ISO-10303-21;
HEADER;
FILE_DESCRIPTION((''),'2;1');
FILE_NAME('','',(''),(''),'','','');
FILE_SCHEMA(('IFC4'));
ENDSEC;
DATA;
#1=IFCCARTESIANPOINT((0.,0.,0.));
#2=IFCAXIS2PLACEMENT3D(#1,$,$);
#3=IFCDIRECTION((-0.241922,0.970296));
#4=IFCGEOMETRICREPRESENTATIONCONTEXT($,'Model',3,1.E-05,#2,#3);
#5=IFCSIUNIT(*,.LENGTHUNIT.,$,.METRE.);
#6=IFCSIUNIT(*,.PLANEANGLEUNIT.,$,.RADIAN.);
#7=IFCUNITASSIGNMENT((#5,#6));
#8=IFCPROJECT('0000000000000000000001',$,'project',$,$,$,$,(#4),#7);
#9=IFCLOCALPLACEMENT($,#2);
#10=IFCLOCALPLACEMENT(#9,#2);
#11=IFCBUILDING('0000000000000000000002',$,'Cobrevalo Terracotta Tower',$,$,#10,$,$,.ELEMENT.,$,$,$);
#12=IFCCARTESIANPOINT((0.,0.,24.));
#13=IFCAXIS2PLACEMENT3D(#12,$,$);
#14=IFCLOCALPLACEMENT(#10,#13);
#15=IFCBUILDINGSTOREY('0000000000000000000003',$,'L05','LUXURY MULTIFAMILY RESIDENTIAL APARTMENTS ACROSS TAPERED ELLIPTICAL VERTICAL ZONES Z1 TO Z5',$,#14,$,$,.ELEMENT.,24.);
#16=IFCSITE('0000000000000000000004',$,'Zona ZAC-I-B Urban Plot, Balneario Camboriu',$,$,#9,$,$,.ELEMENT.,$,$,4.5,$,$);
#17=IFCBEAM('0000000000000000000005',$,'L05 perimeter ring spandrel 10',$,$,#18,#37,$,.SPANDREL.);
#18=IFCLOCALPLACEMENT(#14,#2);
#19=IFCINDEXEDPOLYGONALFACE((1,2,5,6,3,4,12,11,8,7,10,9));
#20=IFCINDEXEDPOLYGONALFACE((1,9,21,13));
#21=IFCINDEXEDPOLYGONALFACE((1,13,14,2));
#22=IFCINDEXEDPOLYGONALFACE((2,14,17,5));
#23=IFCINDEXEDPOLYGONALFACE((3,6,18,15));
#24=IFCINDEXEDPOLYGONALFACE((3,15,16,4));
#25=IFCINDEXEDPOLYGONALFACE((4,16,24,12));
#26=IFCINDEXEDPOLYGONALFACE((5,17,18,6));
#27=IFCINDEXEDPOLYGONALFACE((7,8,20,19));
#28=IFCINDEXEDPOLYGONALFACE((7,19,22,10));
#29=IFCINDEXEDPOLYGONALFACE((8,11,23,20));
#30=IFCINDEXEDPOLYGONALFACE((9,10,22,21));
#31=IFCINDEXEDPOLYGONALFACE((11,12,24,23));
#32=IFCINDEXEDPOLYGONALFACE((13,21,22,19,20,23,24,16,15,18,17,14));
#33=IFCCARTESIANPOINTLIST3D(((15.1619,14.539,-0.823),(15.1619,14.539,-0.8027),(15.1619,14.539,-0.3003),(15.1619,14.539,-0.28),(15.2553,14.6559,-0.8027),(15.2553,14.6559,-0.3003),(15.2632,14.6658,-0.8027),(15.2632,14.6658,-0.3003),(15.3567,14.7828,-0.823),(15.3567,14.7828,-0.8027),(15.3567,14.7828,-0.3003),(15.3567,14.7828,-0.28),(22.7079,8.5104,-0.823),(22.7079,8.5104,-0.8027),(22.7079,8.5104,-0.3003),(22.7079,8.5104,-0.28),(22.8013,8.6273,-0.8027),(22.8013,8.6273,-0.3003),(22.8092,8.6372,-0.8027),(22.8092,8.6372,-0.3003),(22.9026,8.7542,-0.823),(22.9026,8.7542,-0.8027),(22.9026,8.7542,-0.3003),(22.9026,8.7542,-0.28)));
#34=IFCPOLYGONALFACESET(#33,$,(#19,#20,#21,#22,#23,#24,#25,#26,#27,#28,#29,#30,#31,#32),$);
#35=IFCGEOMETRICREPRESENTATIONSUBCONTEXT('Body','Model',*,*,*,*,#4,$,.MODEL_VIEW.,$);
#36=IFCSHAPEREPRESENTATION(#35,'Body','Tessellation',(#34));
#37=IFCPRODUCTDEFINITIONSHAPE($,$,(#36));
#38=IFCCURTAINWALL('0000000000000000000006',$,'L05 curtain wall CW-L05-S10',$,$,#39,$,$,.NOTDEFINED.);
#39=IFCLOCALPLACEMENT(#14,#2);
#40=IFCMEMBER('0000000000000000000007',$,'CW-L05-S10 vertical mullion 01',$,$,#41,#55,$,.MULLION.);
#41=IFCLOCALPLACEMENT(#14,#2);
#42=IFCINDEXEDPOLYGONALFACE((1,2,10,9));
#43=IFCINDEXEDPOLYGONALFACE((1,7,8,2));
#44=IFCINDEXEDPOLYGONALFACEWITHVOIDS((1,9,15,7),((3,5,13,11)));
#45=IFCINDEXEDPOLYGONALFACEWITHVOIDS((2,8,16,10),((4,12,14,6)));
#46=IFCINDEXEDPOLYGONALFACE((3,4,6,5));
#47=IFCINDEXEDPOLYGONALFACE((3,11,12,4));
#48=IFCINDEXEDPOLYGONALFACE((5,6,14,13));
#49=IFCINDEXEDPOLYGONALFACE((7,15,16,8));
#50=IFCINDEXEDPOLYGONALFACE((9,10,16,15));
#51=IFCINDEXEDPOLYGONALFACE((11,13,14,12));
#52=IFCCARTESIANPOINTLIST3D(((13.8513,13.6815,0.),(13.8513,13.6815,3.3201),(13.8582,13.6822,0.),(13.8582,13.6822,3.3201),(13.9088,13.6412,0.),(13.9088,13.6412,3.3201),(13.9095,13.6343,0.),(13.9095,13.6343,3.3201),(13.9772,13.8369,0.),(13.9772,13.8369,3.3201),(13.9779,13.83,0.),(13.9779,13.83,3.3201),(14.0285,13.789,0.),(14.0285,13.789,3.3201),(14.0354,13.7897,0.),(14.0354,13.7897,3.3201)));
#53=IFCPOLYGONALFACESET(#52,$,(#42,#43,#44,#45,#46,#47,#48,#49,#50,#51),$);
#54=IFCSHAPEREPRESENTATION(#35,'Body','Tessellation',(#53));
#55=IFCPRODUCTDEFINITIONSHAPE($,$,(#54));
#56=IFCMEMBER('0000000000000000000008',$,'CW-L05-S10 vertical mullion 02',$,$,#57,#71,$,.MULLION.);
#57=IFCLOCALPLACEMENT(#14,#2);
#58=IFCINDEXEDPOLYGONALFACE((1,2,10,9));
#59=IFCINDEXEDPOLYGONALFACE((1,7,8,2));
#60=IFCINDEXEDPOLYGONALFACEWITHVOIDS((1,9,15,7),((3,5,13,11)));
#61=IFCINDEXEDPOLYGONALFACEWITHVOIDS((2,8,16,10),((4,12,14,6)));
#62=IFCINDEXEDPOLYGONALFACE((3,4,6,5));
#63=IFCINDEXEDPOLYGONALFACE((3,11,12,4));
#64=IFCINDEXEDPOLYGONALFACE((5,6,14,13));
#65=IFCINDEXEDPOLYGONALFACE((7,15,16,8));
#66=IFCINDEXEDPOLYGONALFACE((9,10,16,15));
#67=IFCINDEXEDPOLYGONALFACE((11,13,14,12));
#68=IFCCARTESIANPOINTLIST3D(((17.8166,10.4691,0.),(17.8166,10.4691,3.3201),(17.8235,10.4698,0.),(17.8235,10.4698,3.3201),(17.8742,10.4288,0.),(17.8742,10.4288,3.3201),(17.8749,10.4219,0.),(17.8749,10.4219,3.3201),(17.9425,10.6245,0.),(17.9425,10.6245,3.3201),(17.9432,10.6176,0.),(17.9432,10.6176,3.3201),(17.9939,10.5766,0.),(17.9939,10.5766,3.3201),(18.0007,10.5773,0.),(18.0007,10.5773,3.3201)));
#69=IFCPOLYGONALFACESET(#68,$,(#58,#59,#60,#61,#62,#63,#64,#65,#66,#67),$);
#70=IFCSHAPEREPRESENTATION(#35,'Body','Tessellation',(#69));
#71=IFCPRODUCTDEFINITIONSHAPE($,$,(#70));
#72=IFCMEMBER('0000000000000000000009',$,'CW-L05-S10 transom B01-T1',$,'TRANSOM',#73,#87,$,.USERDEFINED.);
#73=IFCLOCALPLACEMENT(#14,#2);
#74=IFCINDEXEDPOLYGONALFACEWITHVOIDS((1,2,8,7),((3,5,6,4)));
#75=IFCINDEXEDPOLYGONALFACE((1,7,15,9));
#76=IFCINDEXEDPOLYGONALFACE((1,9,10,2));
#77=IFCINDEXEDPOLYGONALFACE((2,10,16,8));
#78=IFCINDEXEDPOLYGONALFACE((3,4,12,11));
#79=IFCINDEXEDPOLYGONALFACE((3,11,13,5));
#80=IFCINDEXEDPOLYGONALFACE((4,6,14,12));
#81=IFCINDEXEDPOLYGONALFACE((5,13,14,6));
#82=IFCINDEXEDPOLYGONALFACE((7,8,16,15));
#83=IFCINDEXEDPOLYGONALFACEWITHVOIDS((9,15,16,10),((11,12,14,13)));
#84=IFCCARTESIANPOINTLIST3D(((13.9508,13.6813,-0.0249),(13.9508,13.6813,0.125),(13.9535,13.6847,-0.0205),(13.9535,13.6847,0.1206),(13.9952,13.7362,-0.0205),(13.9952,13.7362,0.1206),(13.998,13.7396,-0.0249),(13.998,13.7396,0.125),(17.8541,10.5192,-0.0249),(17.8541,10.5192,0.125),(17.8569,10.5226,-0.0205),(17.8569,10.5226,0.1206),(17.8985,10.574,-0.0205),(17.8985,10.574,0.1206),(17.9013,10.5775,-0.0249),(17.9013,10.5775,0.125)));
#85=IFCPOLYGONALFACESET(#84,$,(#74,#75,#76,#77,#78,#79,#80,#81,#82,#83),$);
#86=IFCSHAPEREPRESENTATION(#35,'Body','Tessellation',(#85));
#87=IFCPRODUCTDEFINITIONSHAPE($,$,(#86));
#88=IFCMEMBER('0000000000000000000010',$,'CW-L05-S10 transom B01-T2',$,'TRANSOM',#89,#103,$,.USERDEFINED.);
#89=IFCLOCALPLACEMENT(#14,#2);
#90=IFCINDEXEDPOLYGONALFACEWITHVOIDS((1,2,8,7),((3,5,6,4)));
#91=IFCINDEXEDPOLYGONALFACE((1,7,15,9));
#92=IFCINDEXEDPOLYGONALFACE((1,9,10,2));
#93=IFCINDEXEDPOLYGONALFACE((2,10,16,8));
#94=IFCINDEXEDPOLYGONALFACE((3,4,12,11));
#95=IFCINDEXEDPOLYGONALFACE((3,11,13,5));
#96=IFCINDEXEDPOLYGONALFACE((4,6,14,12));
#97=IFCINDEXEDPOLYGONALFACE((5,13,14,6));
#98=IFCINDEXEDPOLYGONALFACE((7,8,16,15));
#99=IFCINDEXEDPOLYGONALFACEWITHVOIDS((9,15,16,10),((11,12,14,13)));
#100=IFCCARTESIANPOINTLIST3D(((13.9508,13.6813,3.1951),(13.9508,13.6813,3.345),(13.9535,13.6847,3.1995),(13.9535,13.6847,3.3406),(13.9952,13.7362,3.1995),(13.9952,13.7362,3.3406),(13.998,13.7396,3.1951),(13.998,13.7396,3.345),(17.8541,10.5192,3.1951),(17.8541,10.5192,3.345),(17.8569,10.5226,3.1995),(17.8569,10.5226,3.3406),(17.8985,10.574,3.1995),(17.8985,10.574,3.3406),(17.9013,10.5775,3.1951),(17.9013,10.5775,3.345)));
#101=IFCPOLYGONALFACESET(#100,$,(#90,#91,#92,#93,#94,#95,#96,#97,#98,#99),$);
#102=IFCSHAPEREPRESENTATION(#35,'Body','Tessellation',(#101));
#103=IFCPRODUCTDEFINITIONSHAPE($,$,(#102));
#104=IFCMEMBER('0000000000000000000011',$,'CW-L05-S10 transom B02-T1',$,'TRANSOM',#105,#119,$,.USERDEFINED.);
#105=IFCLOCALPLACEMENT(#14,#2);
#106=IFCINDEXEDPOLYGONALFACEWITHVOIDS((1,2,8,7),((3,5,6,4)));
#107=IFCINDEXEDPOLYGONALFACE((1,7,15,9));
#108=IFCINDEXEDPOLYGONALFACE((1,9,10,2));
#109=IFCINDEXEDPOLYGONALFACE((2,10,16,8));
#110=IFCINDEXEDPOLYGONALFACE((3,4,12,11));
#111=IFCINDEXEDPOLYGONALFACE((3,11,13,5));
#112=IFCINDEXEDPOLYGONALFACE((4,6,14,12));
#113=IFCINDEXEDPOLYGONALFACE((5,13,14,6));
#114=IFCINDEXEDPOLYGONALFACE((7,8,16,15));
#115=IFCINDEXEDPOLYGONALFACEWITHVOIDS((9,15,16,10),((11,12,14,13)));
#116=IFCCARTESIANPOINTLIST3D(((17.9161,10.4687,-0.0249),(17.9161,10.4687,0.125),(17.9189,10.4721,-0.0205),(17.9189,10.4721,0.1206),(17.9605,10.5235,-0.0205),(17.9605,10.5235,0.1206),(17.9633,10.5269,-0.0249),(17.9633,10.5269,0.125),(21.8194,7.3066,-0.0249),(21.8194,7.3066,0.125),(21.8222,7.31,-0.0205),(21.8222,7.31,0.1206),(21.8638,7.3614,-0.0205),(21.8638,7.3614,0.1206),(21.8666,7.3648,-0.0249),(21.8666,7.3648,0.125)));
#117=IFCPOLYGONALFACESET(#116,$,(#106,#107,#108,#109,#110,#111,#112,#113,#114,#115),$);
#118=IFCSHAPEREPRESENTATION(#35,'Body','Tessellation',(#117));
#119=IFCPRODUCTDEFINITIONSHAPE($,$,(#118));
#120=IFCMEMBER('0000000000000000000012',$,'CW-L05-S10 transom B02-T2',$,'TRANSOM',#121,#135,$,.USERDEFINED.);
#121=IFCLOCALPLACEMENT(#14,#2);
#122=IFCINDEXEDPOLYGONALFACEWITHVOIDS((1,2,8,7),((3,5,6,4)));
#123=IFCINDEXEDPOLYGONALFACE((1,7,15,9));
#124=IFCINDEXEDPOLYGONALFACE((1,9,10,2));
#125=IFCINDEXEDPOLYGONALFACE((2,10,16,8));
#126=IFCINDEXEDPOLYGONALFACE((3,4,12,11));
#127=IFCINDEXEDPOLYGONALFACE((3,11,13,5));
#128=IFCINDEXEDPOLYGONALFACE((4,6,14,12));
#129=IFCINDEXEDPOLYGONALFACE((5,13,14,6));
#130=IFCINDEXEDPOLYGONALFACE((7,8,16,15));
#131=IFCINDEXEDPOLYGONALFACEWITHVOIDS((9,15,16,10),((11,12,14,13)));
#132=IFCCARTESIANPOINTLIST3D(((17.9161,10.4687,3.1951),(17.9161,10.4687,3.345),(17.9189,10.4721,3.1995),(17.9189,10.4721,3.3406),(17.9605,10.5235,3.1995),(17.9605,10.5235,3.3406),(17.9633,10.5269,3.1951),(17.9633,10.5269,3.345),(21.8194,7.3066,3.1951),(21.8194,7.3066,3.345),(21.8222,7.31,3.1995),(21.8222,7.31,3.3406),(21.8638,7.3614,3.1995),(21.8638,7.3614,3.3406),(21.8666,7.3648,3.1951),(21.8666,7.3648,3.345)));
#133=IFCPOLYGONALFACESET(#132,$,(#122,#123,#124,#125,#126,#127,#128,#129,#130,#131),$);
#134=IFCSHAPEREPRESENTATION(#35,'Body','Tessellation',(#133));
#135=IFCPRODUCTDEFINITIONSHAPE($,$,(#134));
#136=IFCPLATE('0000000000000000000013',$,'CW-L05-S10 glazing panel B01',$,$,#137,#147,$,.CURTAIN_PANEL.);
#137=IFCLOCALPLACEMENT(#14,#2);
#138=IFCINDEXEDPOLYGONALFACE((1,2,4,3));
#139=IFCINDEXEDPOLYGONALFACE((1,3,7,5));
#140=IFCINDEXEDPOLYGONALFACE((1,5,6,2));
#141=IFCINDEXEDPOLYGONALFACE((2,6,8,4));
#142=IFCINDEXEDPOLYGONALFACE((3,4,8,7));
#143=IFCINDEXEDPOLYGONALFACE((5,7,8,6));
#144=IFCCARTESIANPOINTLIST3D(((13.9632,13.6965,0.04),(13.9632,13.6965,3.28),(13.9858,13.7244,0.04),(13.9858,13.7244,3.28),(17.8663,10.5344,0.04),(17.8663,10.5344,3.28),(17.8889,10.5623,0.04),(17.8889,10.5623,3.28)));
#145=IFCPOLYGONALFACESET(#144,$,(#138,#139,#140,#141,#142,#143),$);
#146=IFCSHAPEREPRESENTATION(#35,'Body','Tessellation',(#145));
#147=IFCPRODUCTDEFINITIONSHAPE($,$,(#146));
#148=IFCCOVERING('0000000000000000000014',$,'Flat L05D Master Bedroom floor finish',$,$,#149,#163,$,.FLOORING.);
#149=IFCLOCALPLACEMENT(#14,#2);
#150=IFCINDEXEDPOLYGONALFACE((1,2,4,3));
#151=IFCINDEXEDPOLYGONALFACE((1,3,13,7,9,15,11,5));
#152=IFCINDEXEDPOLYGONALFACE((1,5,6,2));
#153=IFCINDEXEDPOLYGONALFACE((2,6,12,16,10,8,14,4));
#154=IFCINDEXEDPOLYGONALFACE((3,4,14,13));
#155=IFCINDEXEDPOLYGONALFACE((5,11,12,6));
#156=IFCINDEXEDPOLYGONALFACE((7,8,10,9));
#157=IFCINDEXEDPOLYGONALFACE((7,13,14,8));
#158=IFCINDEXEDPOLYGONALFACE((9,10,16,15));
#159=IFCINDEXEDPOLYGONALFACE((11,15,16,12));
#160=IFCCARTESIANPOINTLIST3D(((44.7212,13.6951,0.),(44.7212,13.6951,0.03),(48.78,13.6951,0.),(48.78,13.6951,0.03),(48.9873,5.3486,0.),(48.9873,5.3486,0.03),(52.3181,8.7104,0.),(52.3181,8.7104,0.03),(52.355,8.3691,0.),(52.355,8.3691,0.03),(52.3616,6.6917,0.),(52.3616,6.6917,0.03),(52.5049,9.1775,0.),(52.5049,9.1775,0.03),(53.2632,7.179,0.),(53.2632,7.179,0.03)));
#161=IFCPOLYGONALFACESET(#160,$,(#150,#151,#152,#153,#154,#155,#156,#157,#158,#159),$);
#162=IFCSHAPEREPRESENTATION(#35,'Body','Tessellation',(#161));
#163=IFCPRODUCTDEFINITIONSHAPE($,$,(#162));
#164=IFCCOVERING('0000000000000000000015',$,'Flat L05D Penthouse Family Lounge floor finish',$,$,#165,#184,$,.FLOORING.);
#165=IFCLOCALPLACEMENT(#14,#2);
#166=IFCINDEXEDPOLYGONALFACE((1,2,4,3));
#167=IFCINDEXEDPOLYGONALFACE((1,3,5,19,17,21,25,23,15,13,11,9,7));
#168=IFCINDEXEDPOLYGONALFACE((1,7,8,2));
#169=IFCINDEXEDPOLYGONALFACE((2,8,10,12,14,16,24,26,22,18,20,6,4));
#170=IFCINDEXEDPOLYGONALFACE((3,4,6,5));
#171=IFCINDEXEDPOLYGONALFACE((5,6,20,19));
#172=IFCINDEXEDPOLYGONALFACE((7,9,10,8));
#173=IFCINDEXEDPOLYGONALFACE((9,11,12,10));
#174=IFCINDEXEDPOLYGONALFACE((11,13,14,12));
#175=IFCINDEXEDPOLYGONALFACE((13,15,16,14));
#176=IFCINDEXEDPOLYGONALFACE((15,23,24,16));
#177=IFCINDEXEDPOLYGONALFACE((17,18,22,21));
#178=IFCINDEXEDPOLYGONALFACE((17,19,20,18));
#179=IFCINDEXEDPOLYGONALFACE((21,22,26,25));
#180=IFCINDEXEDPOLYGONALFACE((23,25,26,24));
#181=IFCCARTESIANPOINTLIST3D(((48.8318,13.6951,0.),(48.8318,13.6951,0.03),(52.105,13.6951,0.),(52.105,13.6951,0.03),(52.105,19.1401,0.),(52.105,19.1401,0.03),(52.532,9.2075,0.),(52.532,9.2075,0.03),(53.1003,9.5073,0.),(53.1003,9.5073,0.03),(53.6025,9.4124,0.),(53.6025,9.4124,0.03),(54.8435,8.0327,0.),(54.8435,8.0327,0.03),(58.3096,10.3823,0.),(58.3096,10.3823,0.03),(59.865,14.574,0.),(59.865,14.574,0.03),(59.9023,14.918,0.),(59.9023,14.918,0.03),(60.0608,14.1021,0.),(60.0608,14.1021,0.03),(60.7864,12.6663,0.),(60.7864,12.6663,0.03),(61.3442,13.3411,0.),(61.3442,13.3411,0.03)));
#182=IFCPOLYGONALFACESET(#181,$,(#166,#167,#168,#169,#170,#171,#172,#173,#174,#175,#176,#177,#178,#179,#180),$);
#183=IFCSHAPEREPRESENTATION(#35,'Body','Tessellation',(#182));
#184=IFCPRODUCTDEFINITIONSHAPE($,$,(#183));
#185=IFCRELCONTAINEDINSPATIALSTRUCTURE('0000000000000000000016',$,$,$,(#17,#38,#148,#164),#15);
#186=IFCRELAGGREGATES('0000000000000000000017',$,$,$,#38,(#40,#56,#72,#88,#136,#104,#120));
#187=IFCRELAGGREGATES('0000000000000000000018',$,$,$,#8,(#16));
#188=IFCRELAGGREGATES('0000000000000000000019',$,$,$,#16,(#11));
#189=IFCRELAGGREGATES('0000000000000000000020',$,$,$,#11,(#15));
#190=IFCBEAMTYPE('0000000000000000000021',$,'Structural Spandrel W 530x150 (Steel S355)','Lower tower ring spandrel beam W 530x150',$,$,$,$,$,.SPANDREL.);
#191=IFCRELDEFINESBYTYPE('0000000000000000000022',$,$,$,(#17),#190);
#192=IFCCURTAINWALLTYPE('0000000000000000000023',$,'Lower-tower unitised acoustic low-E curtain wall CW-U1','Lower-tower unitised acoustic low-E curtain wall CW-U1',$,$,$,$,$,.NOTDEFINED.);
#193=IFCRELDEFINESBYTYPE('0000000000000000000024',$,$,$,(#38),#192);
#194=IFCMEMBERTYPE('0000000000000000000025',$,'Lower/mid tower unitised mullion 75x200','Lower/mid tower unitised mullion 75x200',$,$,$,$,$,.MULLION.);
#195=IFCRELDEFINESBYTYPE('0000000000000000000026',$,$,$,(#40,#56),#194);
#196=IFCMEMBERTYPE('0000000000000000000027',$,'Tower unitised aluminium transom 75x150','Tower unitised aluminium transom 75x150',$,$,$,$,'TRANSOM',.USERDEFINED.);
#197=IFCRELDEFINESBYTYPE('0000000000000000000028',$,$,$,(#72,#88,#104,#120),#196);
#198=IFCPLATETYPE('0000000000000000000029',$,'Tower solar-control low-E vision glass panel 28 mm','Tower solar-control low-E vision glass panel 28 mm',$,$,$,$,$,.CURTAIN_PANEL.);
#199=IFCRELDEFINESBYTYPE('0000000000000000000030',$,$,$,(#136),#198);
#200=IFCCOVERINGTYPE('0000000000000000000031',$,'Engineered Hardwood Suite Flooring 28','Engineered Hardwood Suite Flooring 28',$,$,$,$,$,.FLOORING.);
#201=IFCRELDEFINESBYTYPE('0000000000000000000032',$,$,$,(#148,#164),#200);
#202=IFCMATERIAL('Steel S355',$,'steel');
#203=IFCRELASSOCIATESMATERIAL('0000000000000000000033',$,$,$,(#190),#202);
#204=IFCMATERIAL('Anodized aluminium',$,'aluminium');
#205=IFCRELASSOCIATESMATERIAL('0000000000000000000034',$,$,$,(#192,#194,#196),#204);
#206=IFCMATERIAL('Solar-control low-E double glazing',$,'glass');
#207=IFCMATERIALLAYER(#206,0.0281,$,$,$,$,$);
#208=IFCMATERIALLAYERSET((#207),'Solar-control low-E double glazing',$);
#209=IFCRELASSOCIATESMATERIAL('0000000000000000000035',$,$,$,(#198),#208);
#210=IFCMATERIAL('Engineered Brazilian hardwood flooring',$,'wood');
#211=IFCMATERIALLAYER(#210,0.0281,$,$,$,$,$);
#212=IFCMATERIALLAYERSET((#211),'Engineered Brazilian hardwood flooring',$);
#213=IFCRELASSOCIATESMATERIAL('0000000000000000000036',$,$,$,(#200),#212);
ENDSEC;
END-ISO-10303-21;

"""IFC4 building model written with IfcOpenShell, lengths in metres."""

from ifc_helpers import new_model, si_unit, direction, frame, origin, origin_2d, place, context, subcontext, project, spatial, polyline, rectangle, hollow_rectangle, i_section, outline, extrude, source, transform, mapped, material, layer, layer_set, material_profile, profile_set, type_object, element, aggregate, save


model = new_model("IFC4")

# Units and contexts
model_context = context("Model", 3, precision=1e-05, world=origin(), true_north=direction((-0.241922, 0.970296)))
body_context = subcontext(model_context, "Body", "Model", "MODEL_VIEW")
ifc_project = project(units=[si_unit("LENGTHUNIT", "METRE"), si_unit("PLANEANGLEUNIT", "RADIAN")], contexts=[model_context])

# Site, building, storey
site_placement = place(None, origin())
site = spatial("IfcSite", under=ifc_project, at=site_placement, Name="Zona ZAC-I-B Urban Plot, Balneario Camboriu", CompositionType="ELEMENT", RefElevation=4.5)
building_placement = place(site_placement, origin())
building = spatial("IfcBuilding", under=site, at=building_placement, Name="Cobrevalo Terracotta Tower", CompositionType="ELEMENT")
storey_placement = place(building_placement, frame((0.0, 0.0, 24.0)))
storey = spatial("IfcBuildingStorey", under=building, at=storey_placement, Name="L05", Description="LUXURY MULTIFAMILY RESIDENTIAL APARTMENTS ACROSS TAPERED ELLIPTICAL VERTICAL ZONES Z1 TO Z5", CompositionType="ELEMENT", Elevation=24.0)

# Shared definitions
ifc_material_1 = material(Name="Steel S355", Category="steel")

# Beam
ifc_material_profile_1 = material_profile(ifc_material_1, i_section(OverallWidth=0.312, OverallDepth=0.543, WebThickness=0.0127, FlangeThickness=0.0203, at=origin_2d()), Name="W 530x150")
ifc_profile_set_1 = profile_set([ifc_material_profile_1], Name="Steel S355")
beam_type_1 = type_object("IfcBeamType", Name="Structural Spandrel W 530x150 (Steel S355)", Description="Lower tower ring spandrel beam W 530x150", PredefinedType="SPANDREL", material=ifc_profile_set_1)
beam_1_placement = place(storey_placement, frame((15.2593, 14.6609, -0.5515), z_axis=(0.78128, -0.62418, 0.0), x_axis=(0.62418, 0.78128, 0.0)))
element("IfcBeam", 1, at=beam_1_placement, inside=storey, type_object=beam_type_1, Name="L05 perimeter ring spandrel 10", PredefinedType="SPANDREL", context=body_context, shape_type="SweptSolid", body=[
    extrude(i_section(OverallWidth=0.312, OverallDepth=0.543, WebThickness=0.0127, FlangeThickness=0.0203, at=origin_2d()), origin(), (0.0, 0.0, 1.0), 9.6584),
])

# Curtain wall, members, plate
ifc_material_2 = material(Name="Anodized aluminium", Category="aluminium")
curtain_wall_type = type_object("IfcCurtainWallType", Name="Lower-tower unitised acoustic low-E curtain wall CW-U1", Description="Lower-tower unitised acoustic low-E curtain wall CW-U1", PredefinedType="NOTDEFINED", material=ifc_material_2)
curtain_wall_placement = place(storey_placement, origin())
curtain_wall = element("IfcCurtainWall", 2, at=curtain_wall_placement, inside=storey, type_object=curtain_wall_type, Name="L05 curtain wall CW-L05-S10", PredefinedType="NOTDEFINED")
ifc_material_profile_2 = material_profile(ifc_material_2, hollow_rectangle(XDim=0.075, YDim=0.2, WallThickness=0.0049, at=origin_2d()), Name="CWM 75x200")
ifc_profile_set_2 = profile_set([ifc_material_profile_2], Name="Anodized aluminium")
member_type_1 = type_object("IfcMemberType", Name="Lower/mid tower unitised mullion 75x200", Description="Lower/mid tower unitised mullion 75x200", PredefinedType="MULLION", material=ifc_profile_set_2)
shared_shape_1 = source(origin(), body_context, "Body", "SweptSolid", [
    extrude(hollow_rectangle(XDim=0.075, YDim=0.2, WallThickness=0.0049, at=origin_2d()), origin(), (0.0, 0.0, 1.0), 3.3201),
])
member_1_placement = place(storey_placement, frame((13.9434, 13.7356, 0.0), z_axis=(0.0, 0.0, 1.0), x_axis=(0.777003, -0.629497, 0.0)))
member_1 = element("IfcMember", 3, at=member_1_placement, type_object=member_type_1, Name="CW-L05-S10 vertical mullion 01", PredefinedType="MULLION", context=body_context, shape_type="MappedRepresentation", body=[
    mapped(shared_shape_1, transform((0.0, 0.0, 0.0), scale=1.0)),
])
member_2_placement = place(storey_placement, frame((17.9087, 10.5232, 0.0), z_axis=(0.0, 0.0, 1.0), x_axis=(0.777003, -0.629497, 0.0)))
member_2 = element("IfcMember", 4, at=member_2_placement, type_object=member_type_1, Name="CW-L05-S10 vertical mullion 02", PredefinedType="MULLION", context=body_context, shape_type="MappedRepresentation", body=[
    mapped(shared_shape_1, transform((0.0, 0.0, 0.0), scale=1.0)),
])
ifc_material_profile_3 = material_profile(ifc_material_2, hollow_rectangle(XDim=0.075, YDim=0.1499, WallThickness=0.0044, at=origin_2d()), Name="CWT 75x150")
ifc_profile_set_3 = profile_set([ifc_material_profile_3], Name="Anodized aluminium")
member_type_2 = type_object("IfcMemberType", Name="Tower unitised aluminium transom 75x150", Description="Tower unitised aluminium transom 75x150", ElementType="TRANSOM", PredefinedType="USERDEFINED", material=ifc_profile_set_3)
shared_shape_2 = source(origin(), body_context, "Body", "SweptSolid", [
    extrude(hollow_rectangle(XDim=0.075, YDim=0.1499, WallThickness=0.0044, at=origin_2d()), origin(), (0.0, 0.0, 1.0), 5.0234),
])
member_3_placement = place(storey_placement, frame((13.9744, 13.7104, 0.05), z_axis=(0.777023, -0.629472, 0.0), x_axis=(0.629472, 0.777023, 0.0)))
member_3 = element("IfcMember", 5, at=member_3_placement, type_object=member_type_2, Name="CW-L05-S10 transom B01-T1", ObjectType="TRANSOM", PredefinedType="USERDEFINED", context=body_context, shape_type="MappedRepresentation", body=[
    mapped(shared_shape_2, transform((0.0, 0.0, 0.0), scale=1.0)),
])
member_4_placement = place(storey_placement, frame((13.9744, 13.7104, 3.27), z_axis=(0.777023, -0.629472, 0.0), x_axis=(0.629472, 0.777023, 0.0)))
member_4 = element("IfcMember", 6, at=member_4_placement, type_object=member_type_2, Name="CW-L05-S10 transom B01-T2", ObjectType="TRANSOM", PredefinedType="USERDEFINED", context=body_context, shape_type="MappedRepresentation", body=[
    mapped(shared_shape_2, transform((0.0, 0.0, 0.0), scale=1.0)),
])
member_5_placement = place(storey_placement, frame((17.9397, 10.4978, 0.05), z_axis=(0.777023, -0.629472, 0.0), x_axis=(0.629472, 0.777023, 0.0)))
member_5 = element("IfcMember", 7, at=member_5_placement, type_object=member_type_2, Name="CW-L05-S10 transom B02-T1", ObjectType="TRANSOM", PredefinedType="USERDEFINED", context=body_context, shape_type="MappedRepresentation", body=[
    mapped(shared_shape_2, transform((0.0, 0.0, 0.0), scale=1.0)),
])
member_6_placement = place(storey_placement, frame((17.9397, 10.4978, 3.27), z_axis=(0.777023, -0.629472, 0.0), x_axis=(0.629472, 0.777023, 0.0)))
member_6 = element("IfcMember", 8, at=member_6_placement, type_object=member_type_2, Name="CW-L05-S10 transom B02-T2", ObjectType="TRANSOM", PredefinedType="USERDEFINED", context=body_context, shape_type="MappedRepresentation", body=[
    mapped(shared_shape_2, transform((0.0, 0.0, 0.0), scale=1.0)),
])
ifc_material_3 = material(Name="Solar-control low-E double glazing", Category="glass")
ifc_layer_1 = layer(ifc_material_3, 0.0281)
ifc_layer_set_1 = layer_set([ifc_layer_1], Name="Solar-control low-E double glazing")
plate_type = type_object("IfcPlateType", Name="Tower solar-control low-E vision glass panel 28 mm", Description="Tower solar-control low-E vision glass panel 28 mm", PredefinedType="CURTAIN_PANEL", material=ifc_layer_set_1)
shared_shape_3 = source(origin(), body_context, "Body", "SweptSolid", [
    extrude(rectangle(XDim=5.0232, YDim=0.0359, at=origin_2d()), origin(), (0.0, 0.0, 1.0), 3.24),
])
plate_placement = place(storey_placement, frame((15.926, 12.1294, 0.04), z_axis=(0.0, 0.0, 1.0), x_axis=(0.777008, -0.629491, 0.0)))
plate = element("IfcPlate", 9, at=plate_placement, type_object=plate_type, Name="CW-L05-S10 glazing panel B01", PredefinedType="CURTAIN_PANEL", context=body_context, shape_type="MappedRepresentation", body=[
    mapped(shared_shape_3, transform((0.0, 0.0, 0.0), scale=1.0)),
])
aggregate(curtain_wall, [member_1, member_2, member_3, member_4, plate, member_5, member_6])

# Coverings
ifc_material_4 = material(Name="Engineered Brazilian hardwood flooring", Category="wood")
ifc_layer_2 = layer(ifc_material_4, 0.0281)
ifc_layer_set_2 = layer_set([ifc_layer_2], Name="Engineered Brazilian hardwood flooring")
covering_type_1 = type_object("IfcCoveringType", Name="Engineered Hardwood Suite Flooring 28", Description="Engineered Hardwood Suite Flooring 28", PredefinedType="FLOORING", material=ifc_layer_set_2)
covering_1_placement = place(storey_placement, origin())
element("IfcCovering", 10, at=covering_1_placement, inside=storey, type_object=covering_type_1, Name="Flat L05D Master Bedroom floor finish", PredefinedType="FLOORING", context=body_context, shape_type="SweptSolid", body=[
    extrude(outline(polyline([(48.9873, 5.3486), (44.7212, 13.6951), (48.78, 13.6951), (52.5049, 9.1775), (52.3181, 8.7104), (52.355, 8.3691), (53.2632, 7.179), (52.3616, 6.6917), (48.9873, 5.3486)])), origin(), (0.0, 0.0, 1.0), 0.03),
])
covering_2_placement = place(storey_placement, origin())
element("IfcCovering", 11, at=covering_2_placement, inside=storey, type_object=covering_type_1, Name="Flat L05D Penthouse Family Lounge floor finish", PredefinedType="FLOORING", context=body_context, shape_type="SweptSolid", body=[
    extrude(outline(polyline([(58.3096, 10.3823), (54.8435, 8.0327), (53.6025, 9.4124), (53.1003, 9.5073), (52.532, 9.2075), (48.8318, 13.6951), (52.105, 13.6951), (52.105, 19.1401), (59.9023, 14.918), (59.865, 14.574), (60.0608, 14.1021), (61.3442, 13.3411), (60.7864, 12.6663), (58.3096, 10.3823)])), origin(), (0.0, 0.0, 1.0), 0.03),
])

save(model, "model.ifc")
